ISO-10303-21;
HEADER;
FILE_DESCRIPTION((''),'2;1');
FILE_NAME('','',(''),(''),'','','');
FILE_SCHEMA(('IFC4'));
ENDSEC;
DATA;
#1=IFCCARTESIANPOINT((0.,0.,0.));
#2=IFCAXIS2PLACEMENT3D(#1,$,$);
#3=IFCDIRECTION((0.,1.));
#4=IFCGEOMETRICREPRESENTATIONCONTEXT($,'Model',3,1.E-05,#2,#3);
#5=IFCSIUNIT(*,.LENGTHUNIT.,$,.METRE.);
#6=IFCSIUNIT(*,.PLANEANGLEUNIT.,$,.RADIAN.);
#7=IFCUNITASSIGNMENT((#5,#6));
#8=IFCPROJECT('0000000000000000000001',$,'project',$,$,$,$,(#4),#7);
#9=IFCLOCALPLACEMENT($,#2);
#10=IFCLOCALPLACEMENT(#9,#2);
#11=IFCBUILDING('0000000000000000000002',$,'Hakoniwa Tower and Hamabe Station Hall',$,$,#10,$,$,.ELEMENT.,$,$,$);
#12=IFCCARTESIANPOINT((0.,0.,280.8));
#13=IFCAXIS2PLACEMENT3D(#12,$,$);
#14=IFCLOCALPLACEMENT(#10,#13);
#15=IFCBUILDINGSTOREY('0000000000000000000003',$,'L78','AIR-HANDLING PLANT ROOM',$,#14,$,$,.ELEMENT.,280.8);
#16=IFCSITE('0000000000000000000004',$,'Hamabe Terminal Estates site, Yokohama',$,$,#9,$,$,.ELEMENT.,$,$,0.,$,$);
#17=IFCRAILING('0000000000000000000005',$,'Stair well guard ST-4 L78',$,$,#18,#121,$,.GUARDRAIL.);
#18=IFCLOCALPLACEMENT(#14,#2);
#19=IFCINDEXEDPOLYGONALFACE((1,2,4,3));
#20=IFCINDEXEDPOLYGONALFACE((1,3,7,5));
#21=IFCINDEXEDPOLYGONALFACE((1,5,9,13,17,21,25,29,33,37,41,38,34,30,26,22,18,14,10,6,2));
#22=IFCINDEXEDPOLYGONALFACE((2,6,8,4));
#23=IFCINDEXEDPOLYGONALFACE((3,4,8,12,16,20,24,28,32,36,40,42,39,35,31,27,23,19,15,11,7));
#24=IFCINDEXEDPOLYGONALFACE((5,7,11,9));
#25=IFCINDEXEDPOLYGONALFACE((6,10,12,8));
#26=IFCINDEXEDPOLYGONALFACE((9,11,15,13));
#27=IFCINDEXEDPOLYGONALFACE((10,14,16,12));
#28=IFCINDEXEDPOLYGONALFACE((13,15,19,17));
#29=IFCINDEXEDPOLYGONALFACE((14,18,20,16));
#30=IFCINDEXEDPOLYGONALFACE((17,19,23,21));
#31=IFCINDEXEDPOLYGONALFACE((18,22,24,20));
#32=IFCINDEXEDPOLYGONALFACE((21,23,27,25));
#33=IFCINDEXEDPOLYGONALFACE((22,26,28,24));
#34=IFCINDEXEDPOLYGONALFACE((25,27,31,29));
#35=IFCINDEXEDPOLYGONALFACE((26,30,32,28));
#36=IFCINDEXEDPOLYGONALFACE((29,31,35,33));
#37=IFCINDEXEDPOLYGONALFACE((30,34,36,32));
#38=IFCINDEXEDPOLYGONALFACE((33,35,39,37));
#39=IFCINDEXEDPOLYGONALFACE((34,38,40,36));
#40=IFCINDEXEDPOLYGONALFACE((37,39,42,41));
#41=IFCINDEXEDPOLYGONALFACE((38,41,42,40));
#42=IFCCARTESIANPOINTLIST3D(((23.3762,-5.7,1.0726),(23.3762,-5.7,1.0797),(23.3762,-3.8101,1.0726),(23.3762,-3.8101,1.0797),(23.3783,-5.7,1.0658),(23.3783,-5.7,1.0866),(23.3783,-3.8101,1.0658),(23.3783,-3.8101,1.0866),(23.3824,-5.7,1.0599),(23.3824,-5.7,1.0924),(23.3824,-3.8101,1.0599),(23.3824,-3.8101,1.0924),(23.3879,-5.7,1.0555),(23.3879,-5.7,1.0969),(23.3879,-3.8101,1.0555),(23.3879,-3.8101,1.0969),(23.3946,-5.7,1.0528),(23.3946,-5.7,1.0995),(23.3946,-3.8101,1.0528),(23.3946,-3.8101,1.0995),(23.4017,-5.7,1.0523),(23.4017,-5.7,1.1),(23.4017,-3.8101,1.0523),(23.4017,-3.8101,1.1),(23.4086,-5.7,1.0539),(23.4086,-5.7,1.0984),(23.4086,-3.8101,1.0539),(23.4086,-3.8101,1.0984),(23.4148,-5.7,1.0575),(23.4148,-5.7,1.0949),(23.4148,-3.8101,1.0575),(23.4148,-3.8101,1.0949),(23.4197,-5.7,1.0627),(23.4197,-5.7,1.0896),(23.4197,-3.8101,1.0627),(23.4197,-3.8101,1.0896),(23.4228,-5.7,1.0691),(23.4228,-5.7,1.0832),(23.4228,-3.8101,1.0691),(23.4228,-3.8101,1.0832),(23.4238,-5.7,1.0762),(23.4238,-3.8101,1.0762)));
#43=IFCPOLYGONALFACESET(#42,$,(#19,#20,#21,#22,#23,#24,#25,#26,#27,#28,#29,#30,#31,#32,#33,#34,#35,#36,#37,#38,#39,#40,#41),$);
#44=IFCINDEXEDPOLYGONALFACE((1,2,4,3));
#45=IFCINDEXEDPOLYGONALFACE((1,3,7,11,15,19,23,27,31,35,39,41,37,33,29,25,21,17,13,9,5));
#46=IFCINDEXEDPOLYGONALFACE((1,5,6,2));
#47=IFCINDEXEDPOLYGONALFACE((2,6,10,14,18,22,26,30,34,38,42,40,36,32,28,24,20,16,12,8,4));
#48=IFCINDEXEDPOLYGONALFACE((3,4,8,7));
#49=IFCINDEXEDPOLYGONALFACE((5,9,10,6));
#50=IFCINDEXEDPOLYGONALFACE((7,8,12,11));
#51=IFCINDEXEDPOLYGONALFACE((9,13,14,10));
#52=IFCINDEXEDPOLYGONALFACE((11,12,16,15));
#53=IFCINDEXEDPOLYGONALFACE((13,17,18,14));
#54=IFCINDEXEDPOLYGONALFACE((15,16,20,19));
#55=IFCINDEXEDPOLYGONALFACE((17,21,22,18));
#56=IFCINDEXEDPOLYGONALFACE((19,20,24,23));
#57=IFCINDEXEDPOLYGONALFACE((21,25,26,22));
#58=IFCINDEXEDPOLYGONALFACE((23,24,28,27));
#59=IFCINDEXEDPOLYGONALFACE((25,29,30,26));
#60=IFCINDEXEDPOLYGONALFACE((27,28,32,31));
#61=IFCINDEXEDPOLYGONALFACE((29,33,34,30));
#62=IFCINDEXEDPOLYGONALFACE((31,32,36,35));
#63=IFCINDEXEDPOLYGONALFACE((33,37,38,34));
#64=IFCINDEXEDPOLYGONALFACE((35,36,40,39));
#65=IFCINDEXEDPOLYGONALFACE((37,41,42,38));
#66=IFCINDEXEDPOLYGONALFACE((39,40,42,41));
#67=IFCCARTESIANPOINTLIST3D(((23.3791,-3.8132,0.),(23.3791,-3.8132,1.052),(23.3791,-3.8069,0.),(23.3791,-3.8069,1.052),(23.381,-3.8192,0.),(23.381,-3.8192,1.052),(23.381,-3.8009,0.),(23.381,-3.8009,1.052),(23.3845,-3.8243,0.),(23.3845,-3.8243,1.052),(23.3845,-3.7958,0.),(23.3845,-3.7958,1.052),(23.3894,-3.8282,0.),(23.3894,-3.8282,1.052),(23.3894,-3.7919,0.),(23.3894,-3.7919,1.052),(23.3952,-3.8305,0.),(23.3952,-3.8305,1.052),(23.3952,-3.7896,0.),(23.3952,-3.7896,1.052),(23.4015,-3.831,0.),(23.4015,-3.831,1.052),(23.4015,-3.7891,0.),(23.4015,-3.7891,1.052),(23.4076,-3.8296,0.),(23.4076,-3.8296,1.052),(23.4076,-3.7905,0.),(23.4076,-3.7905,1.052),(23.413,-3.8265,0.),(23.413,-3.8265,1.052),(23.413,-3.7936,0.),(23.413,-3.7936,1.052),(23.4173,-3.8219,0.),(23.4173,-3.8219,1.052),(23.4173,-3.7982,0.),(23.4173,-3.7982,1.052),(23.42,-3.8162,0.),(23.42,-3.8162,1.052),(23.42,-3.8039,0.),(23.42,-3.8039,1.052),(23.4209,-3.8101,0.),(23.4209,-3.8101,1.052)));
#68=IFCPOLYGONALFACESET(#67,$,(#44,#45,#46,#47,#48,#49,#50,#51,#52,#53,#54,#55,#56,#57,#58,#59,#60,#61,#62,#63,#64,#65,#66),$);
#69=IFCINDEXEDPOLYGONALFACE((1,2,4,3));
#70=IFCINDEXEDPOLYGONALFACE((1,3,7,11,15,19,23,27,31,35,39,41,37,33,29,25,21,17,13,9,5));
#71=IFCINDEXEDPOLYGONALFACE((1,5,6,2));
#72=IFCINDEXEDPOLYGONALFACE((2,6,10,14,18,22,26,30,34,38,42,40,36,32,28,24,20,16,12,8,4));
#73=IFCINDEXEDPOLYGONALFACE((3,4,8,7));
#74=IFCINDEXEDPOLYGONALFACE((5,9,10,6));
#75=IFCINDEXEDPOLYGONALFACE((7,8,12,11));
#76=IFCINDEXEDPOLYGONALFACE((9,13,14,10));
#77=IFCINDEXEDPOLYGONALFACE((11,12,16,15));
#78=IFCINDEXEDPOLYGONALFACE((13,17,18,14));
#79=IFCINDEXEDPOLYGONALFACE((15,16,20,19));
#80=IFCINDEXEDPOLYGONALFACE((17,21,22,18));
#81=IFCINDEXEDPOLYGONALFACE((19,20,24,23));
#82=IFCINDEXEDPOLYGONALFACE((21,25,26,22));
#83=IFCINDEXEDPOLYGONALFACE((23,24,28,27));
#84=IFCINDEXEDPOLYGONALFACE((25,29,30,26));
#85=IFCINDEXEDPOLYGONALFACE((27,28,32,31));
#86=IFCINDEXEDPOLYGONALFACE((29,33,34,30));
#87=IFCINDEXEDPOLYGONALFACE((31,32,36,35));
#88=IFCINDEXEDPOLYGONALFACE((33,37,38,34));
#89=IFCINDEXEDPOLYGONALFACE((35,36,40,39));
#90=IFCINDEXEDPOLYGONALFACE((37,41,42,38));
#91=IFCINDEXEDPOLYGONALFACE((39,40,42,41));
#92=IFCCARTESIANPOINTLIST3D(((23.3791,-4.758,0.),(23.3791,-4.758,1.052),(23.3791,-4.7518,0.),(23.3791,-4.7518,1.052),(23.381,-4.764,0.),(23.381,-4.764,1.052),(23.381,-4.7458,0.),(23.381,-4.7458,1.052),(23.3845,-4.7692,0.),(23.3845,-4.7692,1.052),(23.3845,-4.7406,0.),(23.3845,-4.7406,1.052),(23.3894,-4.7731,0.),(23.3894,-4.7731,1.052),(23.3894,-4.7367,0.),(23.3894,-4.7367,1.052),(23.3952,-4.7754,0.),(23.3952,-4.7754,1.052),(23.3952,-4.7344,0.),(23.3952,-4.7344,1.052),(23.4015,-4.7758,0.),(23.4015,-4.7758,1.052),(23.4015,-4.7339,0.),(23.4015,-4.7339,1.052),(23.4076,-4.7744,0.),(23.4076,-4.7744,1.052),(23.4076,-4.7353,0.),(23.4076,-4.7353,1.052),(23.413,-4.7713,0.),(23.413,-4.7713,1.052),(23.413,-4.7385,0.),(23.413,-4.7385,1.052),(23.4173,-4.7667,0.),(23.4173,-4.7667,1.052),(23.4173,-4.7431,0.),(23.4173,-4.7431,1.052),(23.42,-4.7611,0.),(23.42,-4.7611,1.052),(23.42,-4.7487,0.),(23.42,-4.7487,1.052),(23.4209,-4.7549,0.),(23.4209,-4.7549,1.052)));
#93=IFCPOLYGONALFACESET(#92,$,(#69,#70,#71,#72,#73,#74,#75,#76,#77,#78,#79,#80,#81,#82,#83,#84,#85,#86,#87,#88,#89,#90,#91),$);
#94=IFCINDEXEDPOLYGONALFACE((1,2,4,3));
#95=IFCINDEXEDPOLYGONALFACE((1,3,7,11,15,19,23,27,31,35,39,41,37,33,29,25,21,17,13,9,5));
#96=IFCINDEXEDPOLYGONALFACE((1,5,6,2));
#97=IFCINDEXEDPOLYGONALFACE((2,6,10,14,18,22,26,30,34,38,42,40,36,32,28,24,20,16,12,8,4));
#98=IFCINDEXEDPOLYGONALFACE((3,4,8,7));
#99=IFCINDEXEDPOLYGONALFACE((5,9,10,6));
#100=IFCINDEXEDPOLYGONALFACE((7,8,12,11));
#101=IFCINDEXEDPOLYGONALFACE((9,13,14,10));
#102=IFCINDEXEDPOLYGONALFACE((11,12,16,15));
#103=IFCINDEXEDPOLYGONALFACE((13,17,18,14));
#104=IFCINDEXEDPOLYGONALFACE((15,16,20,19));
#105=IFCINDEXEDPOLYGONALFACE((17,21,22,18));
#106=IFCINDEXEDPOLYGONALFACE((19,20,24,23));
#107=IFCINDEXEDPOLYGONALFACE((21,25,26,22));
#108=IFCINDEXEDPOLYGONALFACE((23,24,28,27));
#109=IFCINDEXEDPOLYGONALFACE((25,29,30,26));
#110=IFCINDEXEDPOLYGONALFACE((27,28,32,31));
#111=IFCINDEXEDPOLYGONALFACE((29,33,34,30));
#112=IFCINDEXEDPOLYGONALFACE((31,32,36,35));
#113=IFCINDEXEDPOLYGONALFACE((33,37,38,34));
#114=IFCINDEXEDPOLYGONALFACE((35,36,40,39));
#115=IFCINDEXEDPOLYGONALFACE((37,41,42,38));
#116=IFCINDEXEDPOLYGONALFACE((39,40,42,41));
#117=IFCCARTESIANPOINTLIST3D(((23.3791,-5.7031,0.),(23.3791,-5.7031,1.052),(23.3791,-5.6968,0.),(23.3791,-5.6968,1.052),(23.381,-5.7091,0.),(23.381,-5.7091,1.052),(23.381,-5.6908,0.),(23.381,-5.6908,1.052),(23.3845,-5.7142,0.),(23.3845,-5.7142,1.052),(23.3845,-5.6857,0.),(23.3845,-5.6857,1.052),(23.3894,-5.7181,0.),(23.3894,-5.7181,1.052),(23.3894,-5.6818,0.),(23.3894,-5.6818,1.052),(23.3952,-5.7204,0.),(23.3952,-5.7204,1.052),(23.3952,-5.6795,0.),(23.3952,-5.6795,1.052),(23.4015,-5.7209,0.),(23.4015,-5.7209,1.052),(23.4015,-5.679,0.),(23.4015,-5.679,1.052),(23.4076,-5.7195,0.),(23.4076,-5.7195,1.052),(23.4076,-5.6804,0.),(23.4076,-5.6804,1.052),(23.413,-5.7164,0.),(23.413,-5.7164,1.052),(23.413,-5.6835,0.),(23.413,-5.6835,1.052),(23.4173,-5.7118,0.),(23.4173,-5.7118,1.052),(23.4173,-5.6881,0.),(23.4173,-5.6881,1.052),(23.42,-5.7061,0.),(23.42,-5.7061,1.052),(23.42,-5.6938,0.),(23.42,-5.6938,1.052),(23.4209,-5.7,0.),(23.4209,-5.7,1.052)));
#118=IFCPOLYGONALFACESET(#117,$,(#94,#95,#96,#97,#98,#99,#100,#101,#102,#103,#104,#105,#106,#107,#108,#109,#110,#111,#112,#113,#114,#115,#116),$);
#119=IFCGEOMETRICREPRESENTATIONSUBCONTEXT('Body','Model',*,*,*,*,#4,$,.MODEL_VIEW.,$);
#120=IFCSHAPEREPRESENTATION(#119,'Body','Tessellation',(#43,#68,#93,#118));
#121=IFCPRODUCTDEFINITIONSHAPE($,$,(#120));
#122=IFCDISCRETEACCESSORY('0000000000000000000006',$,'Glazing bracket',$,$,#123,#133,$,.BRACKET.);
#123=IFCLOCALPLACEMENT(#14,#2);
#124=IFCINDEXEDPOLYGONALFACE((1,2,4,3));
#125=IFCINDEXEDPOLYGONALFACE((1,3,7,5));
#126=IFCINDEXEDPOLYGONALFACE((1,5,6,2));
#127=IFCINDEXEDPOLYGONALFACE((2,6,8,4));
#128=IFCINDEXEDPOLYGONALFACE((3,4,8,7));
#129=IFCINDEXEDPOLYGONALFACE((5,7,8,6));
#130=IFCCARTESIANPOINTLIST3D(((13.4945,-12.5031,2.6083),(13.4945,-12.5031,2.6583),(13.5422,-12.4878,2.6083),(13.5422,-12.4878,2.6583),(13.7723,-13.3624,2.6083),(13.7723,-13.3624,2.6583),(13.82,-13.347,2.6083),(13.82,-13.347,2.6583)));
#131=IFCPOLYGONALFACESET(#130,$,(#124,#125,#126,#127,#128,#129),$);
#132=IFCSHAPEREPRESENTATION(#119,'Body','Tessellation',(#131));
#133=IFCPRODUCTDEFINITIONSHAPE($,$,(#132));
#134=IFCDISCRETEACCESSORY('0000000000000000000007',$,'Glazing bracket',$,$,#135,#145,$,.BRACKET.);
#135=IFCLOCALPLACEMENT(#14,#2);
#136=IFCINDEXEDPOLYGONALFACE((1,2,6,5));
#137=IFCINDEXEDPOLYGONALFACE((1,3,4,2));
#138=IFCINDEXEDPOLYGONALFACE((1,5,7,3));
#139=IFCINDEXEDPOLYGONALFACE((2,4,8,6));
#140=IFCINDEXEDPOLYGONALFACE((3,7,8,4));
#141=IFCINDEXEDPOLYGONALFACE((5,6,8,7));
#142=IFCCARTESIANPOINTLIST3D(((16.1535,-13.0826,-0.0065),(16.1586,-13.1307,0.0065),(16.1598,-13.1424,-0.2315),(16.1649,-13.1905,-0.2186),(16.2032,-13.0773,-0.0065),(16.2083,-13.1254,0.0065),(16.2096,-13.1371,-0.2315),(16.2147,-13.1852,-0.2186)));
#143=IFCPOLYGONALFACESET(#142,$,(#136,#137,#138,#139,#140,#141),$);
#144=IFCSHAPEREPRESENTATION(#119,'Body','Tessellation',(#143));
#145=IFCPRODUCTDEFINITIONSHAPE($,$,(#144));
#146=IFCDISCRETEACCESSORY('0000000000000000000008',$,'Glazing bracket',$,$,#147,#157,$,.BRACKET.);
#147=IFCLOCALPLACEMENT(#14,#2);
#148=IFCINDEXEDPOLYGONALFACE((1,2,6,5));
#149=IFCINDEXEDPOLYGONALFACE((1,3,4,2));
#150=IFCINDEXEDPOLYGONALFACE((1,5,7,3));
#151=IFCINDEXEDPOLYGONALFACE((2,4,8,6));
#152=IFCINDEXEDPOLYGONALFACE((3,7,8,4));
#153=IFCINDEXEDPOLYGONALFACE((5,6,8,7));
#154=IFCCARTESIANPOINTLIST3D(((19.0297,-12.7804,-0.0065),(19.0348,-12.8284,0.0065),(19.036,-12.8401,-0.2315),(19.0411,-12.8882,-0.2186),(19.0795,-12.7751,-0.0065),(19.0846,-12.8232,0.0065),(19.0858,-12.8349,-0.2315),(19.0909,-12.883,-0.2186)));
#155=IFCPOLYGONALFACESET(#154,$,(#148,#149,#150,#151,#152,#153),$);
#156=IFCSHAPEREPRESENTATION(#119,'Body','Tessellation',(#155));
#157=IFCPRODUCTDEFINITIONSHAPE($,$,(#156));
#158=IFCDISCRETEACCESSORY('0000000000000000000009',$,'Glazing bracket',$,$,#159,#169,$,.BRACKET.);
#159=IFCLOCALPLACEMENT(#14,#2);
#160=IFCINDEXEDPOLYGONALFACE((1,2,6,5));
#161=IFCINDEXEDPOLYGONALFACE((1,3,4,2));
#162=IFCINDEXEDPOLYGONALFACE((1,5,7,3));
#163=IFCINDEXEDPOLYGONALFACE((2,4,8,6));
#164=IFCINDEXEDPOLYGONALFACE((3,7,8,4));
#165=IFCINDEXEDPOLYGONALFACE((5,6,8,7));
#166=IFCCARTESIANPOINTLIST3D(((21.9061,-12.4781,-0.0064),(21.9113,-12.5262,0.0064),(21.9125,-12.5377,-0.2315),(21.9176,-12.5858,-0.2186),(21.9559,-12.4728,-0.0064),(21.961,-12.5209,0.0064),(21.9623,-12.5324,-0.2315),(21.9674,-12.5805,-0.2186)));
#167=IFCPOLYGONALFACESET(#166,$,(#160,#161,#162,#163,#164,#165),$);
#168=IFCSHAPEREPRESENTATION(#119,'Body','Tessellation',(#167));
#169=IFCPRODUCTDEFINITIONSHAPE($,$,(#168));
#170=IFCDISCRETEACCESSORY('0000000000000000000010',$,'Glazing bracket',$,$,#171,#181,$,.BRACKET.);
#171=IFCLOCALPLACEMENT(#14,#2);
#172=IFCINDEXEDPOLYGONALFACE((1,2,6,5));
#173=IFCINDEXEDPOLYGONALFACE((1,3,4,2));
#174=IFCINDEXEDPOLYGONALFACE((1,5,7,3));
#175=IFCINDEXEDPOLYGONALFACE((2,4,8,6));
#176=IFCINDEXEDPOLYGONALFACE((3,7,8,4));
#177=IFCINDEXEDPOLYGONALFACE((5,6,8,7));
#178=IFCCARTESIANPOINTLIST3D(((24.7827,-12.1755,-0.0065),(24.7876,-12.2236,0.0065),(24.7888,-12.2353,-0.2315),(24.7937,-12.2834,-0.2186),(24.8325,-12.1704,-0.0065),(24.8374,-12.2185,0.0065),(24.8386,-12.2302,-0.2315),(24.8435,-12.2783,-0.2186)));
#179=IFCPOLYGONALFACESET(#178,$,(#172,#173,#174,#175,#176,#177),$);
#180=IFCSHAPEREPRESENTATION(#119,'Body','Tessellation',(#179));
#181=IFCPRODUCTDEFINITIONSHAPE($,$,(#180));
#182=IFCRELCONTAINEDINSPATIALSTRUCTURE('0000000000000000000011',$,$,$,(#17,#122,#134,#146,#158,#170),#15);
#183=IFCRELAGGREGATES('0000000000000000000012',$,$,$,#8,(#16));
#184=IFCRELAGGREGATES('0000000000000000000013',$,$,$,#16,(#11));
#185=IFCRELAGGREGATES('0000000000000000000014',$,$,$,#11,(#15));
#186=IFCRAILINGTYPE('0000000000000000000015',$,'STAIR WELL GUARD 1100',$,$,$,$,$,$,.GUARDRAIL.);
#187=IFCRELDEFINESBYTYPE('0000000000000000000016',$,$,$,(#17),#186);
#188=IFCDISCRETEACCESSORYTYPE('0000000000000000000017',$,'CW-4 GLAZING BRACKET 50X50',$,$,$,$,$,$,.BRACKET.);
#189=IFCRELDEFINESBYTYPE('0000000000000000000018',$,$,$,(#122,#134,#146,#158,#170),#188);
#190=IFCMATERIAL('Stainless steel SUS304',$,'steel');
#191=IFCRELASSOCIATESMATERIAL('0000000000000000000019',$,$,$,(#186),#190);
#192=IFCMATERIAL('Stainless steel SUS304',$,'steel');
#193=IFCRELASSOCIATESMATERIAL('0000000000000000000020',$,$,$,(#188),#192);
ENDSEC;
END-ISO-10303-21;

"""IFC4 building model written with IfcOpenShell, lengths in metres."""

from ifc_helpers import new_model, si_unit, direction, frame, origin, origin_2d, place, context, subcontext, project, spatial, rectangle, circle, extrude, material, material_profile, profile_set, type_object, element, save


model = new_model("IFC4")

# Units and contexts
model_context = context("Model", 3, precision=1e-05, world=origin(), true_north=direction((0.0, 1.0)))
body_context = subcontext(model_context, "Body", "Model", "MODEL_VIEW")
ifc_project = project(units=[si_unit("LENGTHUNIT", "METRE"), si_unit("PLANEANGLEUNIT", "RADIAN")], contexts=[model_context])

# Site, building, storey
site_placement = place(None, origin())
site = spatial("IfcSite", under=ifc_project, at=site_placement, Name="Hamabe Terminal Estates site, Yokohama", CompositionType="ELEMENT", RefElevation=0.0)
building_placement = place(site_placement, origin())
building = spatial("IfcBuilding", under=site, at=building_placement, Name="Hakoniwa Tower and Hamabe Station Hall", CompositionType="ELEMENT")
storey_placement = place(building_placement, frame((0.0, 0.0, 280.8)))
storey = spatial("IfcBuildingStorey", under=building, at=storey_placement, Name="L78", Description="AIR-HANDLING PLANT ROOM", CompositionType="ELEMENT", Elevation=280.8)

# Railing
ifc_material_1 = material(Name="Stainless steel SUS304", Category="steel")
railing_type = type_object("IfcRailingType", Name="STAIR WELL GUARD 1100", PredefinedType="GUARDRAIL", material=ifc_material_1)
railing_placement = place(storey_placement, frame((23.3999, -3.8101, 0.0)))
element("IfcRailing", 1, at=railing_placement, inside=storey, type_object=railing_type, Name="Stair well guard ST-4 L78", PredefinedType="GUARDRAIL", context=body_context, shape_type="SweptSolid", body=[
    extrude(circle(Radius=0.0239, at=origin_2d()), frame((0.0, 0.0, 1.0762), z_axis=(0.0, -1.0, 0.0), x_axis=(1.0, 0.0, 0.0)), (0.0, 0.0, 1.0), 1.8899),
    extrude(circle(Radius=0.021, at=origin_2d()), origin(), (0.0, 0.0, 1.0), 1.052),
    extrude(circle(Radius=0.021, at=origin_2d()), frame((0.0, -0.9448, 0.0)), (0.0, 0.0, 1.0), 1.052),
    extrude(circle(Radius=0.021, at=origin_2d()), frame((0.0, -1.8899, 0.0)), (0.0, 0.0, 1.0), 1.052),
])

# Discrete accessories
ifc_material_2 = material(Name="Stainless steel SUS304", Category="steel")
ifc_material_profile_1 = material_profile(ifc_material_2, rectangle(XDim=0.05, YDim=0.05, at=origin_2d()), Name="CW-4 GLAZING BRACKET 50X50")
ifc_profile_set_1 = profile_set([ifc_material_profile_1], Name="Stainless steel SUS304")
discrete_accessory_type = type_object("IfcDiscreteAccessoryType", Name="CW-4 GLAZING BRACKET 50X50", PredefinedType="BRACKET", material=ifc_profile_set_1)
discrete_accessory_placement = place(storey_placement, frame((13.7961, -13.3547, 2.6333), z_axis=(-0.307619, 0.95151, 0.0), x_axis=(-0.95151, -0.307619, 0.0)))
element("IfcDiscreteAccessory", 2, at=discrete_accessory_placement, inside=storey, type_object=discrete_accessory_type, Name="Glazing bracket", PredefinedType="BRACKET", context=body_context, shape_type="SweptSolid", body=[
    extrude(rectangle(XDim=0.05, YDim=0.05, at=origin_2d()), origin(), (0.0, 0.0, 1.0), 0.9031),
])
for number, where, z_axis, x_axis, name in (
    (3, (16.1809, -13.104, 0.0), (0.027244, -0.256719, -0.966102), (0.994416, 0.10553, 0.0), "Glazing bracket"),
    (4, (19.0571, -12.8018, 0.0), (0.027244, -0.256719, -0.966102), (0.994416, 0.10553, 0.0), "Glazing bracket"),
    (5, (21.9336, -12.4995, 0.0), (0.027251, -0.25574, -0.966361), (0.994371, 0.105958, 0.0), "Glazing bracket"),
    (6, (24.8101, -12.197, 0.0), (0.026197, -0.256726, -0.966129), (0.994834, 0.101514, 0.0), "Glazing bracket"),
):
    element("IfcDiscreteAccessory", number, at=place(storey_placement, frame(where, z_axis=z_axis, x_axis=x_axis)), inside=storey, type_object=discrete_accessory_type, Name=name, PredefinedType="BRACKET", context=body_context, shape_type="SweptSolid", body=[
        extrude(rectangle(XDim=0.05, YDim=0.05, at=origin_2d()), origin(), (0.0, 0.0, 1.0), 0.2329),
    ])

save(model, "model.ifc")
